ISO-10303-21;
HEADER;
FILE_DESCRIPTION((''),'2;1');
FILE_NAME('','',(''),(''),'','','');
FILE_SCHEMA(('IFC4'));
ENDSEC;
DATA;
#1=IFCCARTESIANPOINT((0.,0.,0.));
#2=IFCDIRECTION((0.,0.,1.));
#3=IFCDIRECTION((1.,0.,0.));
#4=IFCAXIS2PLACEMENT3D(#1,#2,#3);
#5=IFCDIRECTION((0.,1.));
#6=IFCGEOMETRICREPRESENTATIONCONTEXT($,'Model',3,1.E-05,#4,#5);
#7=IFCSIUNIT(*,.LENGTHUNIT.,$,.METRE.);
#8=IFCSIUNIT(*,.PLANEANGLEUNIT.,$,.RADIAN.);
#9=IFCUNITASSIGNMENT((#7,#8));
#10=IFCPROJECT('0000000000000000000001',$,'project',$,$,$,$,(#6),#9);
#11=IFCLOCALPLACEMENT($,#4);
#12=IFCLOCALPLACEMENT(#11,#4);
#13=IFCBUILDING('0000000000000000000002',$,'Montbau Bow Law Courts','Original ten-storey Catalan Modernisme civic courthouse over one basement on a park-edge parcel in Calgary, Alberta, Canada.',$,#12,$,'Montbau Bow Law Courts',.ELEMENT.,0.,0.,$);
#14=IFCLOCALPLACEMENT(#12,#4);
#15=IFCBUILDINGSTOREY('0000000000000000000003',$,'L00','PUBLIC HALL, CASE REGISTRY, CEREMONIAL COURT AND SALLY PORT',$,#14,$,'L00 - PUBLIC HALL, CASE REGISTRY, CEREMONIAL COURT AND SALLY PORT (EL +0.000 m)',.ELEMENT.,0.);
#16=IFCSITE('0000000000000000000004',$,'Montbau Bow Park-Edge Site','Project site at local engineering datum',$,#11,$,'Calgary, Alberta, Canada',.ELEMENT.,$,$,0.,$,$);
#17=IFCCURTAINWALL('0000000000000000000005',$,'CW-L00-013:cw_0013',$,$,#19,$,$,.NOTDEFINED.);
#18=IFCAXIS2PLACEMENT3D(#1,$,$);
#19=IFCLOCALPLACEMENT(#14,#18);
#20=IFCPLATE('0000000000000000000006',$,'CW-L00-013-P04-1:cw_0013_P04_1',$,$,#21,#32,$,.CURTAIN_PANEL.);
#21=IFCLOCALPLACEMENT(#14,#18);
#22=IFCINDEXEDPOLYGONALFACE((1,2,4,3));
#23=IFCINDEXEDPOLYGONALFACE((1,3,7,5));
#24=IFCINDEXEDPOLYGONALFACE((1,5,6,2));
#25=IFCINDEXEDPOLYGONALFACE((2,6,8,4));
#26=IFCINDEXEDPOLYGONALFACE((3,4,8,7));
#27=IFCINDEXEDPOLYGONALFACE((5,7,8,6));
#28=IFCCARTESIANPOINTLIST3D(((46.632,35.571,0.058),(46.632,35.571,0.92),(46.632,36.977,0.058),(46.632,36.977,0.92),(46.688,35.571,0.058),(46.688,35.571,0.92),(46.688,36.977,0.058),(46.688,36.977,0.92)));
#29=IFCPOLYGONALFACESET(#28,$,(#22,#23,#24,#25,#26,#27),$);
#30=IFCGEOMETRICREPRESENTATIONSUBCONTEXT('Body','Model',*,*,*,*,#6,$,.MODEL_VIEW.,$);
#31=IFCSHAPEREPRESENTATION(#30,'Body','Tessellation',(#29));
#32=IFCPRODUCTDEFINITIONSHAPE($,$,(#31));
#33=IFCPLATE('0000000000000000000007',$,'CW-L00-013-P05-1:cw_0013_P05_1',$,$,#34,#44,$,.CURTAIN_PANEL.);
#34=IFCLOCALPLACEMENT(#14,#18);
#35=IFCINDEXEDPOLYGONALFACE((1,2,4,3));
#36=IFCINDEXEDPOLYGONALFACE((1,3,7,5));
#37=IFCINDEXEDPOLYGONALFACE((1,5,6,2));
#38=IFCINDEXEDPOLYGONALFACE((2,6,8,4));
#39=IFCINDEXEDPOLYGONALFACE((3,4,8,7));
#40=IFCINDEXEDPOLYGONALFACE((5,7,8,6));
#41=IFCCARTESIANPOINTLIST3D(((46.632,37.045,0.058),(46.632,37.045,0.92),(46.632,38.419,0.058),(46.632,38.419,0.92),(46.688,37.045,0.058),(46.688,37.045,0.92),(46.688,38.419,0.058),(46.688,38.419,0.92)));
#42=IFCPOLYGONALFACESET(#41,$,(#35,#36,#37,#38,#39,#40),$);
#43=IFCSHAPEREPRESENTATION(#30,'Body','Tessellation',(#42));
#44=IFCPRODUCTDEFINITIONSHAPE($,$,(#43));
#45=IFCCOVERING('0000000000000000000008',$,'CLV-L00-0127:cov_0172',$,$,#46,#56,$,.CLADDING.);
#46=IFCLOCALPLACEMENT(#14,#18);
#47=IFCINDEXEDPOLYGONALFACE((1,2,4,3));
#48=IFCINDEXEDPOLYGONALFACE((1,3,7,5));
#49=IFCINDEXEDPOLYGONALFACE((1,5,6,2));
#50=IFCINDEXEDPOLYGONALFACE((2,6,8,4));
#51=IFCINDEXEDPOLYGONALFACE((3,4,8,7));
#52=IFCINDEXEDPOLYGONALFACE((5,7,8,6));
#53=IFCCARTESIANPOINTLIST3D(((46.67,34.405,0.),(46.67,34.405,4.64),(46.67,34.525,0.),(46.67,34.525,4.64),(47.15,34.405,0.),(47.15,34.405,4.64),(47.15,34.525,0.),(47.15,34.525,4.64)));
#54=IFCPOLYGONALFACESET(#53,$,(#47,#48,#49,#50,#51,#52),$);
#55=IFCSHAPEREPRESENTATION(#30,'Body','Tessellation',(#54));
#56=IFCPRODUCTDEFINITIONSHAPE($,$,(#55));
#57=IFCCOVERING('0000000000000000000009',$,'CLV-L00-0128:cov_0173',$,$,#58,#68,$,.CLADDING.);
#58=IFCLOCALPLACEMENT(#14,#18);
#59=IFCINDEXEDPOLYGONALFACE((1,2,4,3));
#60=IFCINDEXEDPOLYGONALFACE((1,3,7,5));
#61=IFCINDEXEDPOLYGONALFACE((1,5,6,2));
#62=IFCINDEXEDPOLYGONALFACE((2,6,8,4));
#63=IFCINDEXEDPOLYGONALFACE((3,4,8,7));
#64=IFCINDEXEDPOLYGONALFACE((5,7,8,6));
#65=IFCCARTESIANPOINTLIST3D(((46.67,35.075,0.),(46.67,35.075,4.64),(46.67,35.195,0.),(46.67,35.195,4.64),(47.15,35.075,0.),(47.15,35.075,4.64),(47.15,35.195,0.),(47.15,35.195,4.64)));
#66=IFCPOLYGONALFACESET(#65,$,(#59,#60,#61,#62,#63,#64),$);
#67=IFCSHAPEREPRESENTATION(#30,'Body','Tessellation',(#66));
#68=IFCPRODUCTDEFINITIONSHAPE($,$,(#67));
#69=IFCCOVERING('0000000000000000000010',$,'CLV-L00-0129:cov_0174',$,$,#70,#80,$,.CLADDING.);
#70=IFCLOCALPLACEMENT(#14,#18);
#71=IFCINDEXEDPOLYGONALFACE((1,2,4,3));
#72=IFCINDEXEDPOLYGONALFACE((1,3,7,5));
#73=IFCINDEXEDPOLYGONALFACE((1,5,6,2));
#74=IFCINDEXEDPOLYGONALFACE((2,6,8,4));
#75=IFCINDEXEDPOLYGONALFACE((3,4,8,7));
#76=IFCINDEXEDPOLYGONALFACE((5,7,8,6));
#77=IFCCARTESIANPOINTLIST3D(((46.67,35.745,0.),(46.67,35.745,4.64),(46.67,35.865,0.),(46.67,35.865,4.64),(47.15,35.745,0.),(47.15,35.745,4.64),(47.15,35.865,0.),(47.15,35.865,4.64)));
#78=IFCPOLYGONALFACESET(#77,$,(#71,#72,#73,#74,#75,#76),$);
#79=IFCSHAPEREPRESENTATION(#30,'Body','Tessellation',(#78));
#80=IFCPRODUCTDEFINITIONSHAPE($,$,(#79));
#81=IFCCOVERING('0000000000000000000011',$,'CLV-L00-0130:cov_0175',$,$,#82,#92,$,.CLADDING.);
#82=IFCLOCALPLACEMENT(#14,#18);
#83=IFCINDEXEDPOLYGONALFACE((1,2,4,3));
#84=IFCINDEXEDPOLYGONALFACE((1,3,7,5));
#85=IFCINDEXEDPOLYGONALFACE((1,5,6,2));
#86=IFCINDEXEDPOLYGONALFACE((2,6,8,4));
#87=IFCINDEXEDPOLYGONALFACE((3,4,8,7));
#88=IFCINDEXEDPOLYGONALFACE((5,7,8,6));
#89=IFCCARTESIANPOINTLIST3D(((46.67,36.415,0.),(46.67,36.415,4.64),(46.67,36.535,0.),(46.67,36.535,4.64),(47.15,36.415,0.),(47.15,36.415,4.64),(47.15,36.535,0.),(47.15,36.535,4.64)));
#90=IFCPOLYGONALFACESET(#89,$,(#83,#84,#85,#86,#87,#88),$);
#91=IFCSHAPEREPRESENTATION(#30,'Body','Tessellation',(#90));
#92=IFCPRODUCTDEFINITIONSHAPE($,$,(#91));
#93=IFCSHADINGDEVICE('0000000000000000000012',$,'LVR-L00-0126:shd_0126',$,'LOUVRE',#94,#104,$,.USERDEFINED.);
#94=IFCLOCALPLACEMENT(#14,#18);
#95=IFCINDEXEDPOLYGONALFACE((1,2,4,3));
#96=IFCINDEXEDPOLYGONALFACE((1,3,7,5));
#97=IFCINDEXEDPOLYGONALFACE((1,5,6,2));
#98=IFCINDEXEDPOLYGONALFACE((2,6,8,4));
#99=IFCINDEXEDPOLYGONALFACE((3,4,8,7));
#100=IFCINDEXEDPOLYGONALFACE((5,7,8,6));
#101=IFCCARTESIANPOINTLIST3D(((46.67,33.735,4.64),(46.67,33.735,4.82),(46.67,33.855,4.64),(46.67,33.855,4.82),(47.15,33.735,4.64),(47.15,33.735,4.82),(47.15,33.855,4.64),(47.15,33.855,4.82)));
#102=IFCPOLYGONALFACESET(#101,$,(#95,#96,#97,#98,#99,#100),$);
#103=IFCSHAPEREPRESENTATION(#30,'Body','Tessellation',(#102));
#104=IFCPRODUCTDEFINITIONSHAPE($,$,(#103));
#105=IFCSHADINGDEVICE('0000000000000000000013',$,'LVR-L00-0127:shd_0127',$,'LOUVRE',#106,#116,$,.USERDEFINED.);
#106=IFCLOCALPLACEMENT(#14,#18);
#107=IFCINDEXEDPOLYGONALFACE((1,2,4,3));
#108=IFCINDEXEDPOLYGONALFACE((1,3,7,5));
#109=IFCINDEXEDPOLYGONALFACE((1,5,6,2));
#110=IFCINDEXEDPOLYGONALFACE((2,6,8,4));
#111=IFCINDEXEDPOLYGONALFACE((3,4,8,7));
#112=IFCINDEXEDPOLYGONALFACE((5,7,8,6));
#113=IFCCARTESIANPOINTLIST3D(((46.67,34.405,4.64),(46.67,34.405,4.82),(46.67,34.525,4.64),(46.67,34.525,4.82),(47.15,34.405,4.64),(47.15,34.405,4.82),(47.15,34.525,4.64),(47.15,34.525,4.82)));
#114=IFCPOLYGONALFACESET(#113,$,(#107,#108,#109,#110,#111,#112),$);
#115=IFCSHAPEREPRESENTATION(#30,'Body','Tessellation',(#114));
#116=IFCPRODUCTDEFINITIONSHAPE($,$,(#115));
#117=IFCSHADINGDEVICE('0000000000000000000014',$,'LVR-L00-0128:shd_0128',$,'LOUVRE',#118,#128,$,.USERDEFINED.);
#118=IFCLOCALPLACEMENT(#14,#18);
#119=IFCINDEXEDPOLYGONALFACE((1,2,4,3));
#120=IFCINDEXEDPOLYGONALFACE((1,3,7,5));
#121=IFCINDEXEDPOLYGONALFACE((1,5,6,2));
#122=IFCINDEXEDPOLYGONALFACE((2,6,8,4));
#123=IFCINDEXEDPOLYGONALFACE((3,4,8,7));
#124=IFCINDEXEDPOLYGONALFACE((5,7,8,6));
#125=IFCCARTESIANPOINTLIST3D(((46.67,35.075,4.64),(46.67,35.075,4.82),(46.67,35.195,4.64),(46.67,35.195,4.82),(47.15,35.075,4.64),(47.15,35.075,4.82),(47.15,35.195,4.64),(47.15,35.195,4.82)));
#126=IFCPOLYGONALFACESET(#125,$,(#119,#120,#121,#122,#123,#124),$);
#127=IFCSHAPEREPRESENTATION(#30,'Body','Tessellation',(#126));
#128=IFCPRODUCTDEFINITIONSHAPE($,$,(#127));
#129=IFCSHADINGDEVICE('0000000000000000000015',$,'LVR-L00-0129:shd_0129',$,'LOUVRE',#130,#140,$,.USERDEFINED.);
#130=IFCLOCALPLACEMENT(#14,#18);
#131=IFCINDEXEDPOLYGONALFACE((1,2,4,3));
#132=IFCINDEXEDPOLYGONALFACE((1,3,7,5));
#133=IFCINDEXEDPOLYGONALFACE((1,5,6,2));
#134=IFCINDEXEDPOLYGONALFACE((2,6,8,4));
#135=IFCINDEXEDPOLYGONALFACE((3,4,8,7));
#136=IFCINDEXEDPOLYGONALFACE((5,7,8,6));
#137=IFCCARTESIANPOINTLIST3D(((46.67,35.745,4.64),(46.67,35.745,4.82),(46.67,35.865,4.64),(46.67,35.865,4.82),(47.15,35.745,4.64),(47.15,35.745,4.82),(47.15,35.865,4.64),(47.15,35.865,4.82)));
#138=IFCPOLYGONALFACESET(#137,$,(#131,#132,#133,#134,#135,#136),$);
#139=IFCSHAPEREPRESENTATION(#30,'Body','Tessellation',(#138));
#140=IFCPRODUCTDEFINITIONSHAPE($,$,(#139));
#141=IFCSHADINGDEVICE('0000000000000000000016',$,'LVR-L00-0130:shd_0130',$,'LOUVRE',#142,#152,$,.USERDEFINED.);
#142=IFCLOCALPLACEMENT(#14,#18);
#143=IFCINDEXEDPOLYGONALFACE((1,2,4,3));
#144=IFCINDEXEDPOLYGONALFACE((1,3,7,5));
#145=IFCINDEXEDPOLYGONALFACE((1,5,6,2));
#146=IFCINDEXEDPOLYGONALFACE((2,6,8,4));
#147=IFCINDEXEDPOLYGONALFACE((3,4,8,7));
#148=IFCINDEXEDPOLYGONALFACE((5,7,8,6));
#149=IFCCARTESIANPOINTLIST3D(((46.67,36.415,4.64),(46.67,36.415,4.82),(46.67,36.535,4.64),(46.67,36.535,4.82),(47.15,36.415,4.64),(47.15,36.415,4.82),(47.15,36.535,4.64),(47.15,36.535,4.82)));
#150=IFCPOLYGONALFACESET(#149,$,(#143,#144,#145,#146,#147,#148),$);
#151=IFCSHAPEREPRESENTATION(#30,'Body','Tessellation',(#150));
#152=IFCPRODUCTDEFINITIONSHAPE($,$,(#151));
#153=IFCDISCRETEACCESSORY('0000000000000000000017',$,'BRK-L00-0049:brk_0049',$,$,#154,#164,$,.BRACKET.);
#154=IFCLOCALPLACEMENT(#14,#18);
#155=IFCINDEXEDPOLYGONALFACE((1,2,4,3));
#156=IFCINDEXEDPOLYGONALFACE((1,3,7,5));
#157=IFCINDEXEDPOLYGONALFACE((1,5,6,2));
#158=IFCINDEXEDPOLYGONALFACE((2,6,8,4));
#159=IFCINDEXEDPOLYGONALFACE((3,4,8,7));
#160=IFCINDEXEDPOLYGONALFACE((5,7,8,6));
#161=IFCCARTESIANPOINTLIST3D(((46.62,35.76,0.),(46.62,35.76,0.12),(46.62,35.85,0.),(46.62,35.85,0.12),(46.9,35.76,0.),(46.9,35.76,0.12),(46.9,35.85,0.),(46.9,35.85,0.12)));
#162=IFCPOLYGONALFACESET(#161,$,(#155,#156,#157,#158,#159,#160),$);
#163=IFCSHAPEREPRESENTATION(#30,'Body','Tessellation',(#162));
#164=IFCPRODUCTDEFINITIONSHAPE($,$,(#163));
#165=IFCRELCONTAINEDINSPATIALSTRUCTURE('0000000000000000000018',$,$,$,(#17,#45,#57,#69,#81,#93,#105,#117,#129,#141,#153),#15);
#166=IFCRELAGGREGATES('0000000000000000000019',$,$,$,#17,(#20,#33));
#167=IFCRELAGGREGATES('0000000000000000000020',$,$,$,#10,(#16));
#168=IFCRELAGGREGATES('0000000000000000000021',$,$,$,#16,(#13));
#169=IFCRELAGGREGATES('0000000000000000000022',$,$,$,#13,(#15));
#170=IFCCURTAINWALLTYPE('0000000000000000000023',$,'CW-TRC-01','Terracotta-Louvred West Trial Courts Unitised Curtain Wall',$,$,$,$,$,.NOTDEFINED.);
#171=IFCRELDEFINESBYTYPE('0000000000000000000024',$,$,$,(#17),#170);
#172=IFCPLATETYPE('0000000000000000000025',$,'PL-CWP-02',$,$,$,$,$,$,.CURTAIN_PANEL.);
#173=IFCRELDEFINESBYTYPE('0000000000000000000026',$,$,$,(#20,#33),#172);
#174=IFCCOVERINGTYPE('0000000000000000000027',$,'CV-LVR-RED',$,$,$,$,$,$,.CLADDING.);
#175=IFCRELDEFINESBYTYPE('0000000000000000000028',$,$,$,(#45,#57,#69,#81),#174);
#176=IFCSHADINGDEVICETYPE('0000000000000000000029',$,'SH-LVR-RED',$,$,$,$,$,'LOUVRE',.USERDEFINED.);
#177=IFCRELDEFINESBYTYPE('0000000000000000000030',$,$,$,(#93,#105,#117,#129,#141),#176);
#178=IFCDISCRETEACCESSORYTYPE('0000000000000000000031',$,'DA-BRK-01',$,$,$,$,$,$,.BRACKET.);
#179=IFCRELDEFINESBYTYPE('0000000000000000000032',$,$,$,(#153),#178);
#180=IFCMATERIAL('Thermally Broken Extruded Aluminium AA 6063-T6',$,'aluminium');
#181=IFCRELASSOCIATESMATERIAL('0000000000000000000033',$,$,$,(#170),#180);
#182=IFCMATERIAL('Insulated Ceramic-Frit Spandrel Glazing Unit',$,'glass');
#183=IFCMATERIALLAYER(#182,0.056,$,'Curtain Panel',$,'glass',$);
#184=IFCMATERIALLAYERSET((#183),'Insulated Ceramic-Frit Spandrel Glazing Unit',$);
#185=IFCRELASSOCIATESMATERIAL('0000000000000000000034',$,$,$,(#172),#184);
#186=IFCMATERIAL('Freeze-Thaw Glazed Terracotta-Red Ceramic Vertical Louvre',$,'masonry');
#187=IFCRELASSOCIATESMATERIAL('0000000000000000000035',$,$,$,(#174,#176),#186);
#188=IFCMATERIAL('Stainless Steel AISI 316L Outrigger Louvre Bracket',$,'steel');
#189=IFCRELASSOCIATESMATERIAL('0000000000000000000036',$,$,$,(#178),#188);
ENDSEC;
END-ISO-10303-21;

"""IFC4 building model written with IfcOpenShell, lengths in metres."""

from ifc_helpers import new_model, si_unit, direction, frame, frame_2d, origin_with_axes, origin_2d_with_axis, place, context, subcontext, project, spatial, rectangle, extrude, material, layer, layer_set, type_object, element, aggregate, save


model = new_model("IFC4")

# Units and contexts
model_context = context("Model", 3, precision=1e-05, world=origin_with_axes(), true_north=direction((0.0, 1.0)))
body_context = subcontext(model_context, "Body", "Model", "MODEL_VIEW")
ifc_project = project(units=[si_unit("LENGTHUNIT", "METRE"), si_unit("PLANEANGLEUNIT", "RADIAN")], contexts=[model_context])

# Site, building, storey
site_placement = place(None, origin_with_axes())
site = spatial("IfcSite", under=ifc_project, at=site_placement, Name="Montbau Bow Park-Edge Site", Description="Project site at local engineering datum", LongName="Calgary, Alberta, Canada", CompositionType="ELEMENT", RefElevation=0.0)
building_placement = place(site_placement, origin_with_axes())
building = spatial("IfcBuilding", under=site, at=building_placement, Name="Montbau Bow Law Courts", Description="Original ten-storey Catalan Modernisme civic courthouse over one basement on a park-edge parcel in Calgary, Alberta, Canada.", LongName="Montbau Bow Law Courts", CompositionType="ELEMENT", ElevationOfRefHeight=0.0, ElevationOfTerrain=0.0)
storey_placement = place(building_placement, origin_with_axes())
storey = spatial("IfcBuildingStorey", under=building, at=storey_placement, Name="L00", Description="PUBLIC HALL, CASE REGISTRY, CEREMONIAL COURT AND SALLY PORT", LongName="L00 - PUBLIC HALL, CASE REGISTRY, CEREMONIAL COURT AND SALLY PORT (EL +0.000 m)", CompositionType="ELEMENT", Elevation=0.0)

# Curtain wall, plates
ifc_material_1 = material(Name="Thermally Broken Extruded Aluminium AA 6063-T6", Category="aluminium")
curtain_wall_type = type_object("IfcCurtainWallType", Name="CW-TRC-01", Description="Terracotta-Louvred West Trial Courts Unitised Curtain Wall", PredefinedType="NOTDEFINED", material=ifc_material_1)
curtain_wall_placement = place(None, frame((46.66, 31.115, 0.0), z_axis=(0.0, 0.0, 1.0), x_axis=(1.0, 0.0, 0.0)))
curtain_wall = element("IfcCurtainWall", 1, at=curtain_wall_placement, inside=storey, type_object=curtain_wall_type, Name="CW-L00-013:cw_0013", PredefinedType="NOTDEFINED")
ifc_material_2 = material(Name="Insulated Ceramic-Frit Spandrel Glazing Unit", Category="glass")
ifc_layer_1 = layer(ifc_material_2, 0.056, Name="Curtain Panel", Category="glass")
ifc_layer_set_1 = layer_set([ifc_layer_1], Name="Insulated Ceramic-Frit Spandrel Glazing Unit")
plate_type_1 = type_object("IfcPlateType", Name="PL-CWP-02", PredefinedType="CURTAIN_PANEL", material=ifc_layer_set_1)
plate_1_placement = place(None, frame((46.66, 35.571, 0.058), z_axis=(1.0, 0.0, 0.0), x_axis=(0.0, 1.0, 0.0)))
plate_1 = element("IfcPlate", 2, at=plate_1_placement, type_object=plate_type_1, Name="CW-L00-013-P04-1:cw_0013_P04_1", PredefinedType="CURTAIN_PANEL", context=body_context, shape_type="SweptSolid", body=[
    extrude(rectangle(XDim=1.406, YDim=0.862, at=frame_2d((0.703, 0.431), x_axis=(1.0, 0.0))), frame((0.0, 0.0, -0.028), z_axis=(0.0, 0.0, 1.0), x_axis=(1.0, 0.0, 0.0)), (0.0, 0.0, 1.0), 0.056),
])
plate_2_placement = place(None, frame((46.66, 37.045, 0.058), z_axis=(1.0, 0.0, 0.0), x_axis=(0.0, 1.0, 0.0)))
plate_2 = element("IfcPlate", 3, at=plate_2_placement, type_object=plate_type_1, Name="CW-L00-013-P05-1:cw_0013_P05_1", PredefinedType="CURTAIN_PANEL", context=body_context, shape_type="SweptSolid", body=[
    extrude(rectangle(XDim=1.374, YDim=0.862, at=frame_2d((0.687, 0.431), x_axis=(1.0, 0.0))), frame((0.0, 0.0, -0.028), z_axis=(0.0, 0.0, 1.0), x_axis=(1.0, 0.0, 0.0)), (0.0, 0.0, 1.0), 0.056),
])
aggregate(curtain_wall, [plate_1, plate_2])

# Coverings
ifc_material_3 = material(Name="Freeze-Thaw Glazed Terracotta-Red Ceramic Vertical Louvre", Category="masonry")
covering_type = type_object("IfcCoveringType", Name="CV-LVR-RED", PredefinedType="CLADDING", material=ifc_material_3)
for number, where, z_axis, x_axis, name in (
    (4, (46.67, 34.465, 0.0), (0.0, -1.0, 0.0), (1.0, 0.0, 0.0), "CLV-L00-0127:cov_0172"),
    (5, (46.67, 35.135, 0.0), (0.0, -1.0, 0.0), (1.0, 0.0, 0.0), "CLV-L00-0128:cov_0173"),
    (6, (46.67, 35.805, 0.0), (0.0, -1.0, 0.0), (1.0, 0.0, 0.0), "CLV-L00-0129:cov_0174"),
    (7, (46.67, 36.475, 0.0), (0.0, -1.0, 0.0), (1.0, 0.0, 0.0), "CLV-L00-0130:cov_0175"),
):
    element("IfcCovering", number, at=place(None, frame(where, z_axis=z_axis, x_axis=x_axis)), inside=storey, type_object=covering_type, Name=name, PredefinedType="CLADDING", context=body_context, shape_type="SweptSolid", body=[
        extrude(rectangle(XDim=0.48, YDim=4.64, at=frame_2d((0.24, 2.32), x_axis=(1.0, 0.0))), frame((0.0, 0.0, -0.06), z_axis=(0.0, 0.0, 1.0), x_axis=(1.0, 0.0, 0.0)), (0.0, 0.0, 1.0), 0.12),
    ])

# Shading devices
shading_device_type = type_object("IfcShadingDeviceType", Name="SH-LVR-RED", ElementType="LOUVRE", PredefinedType="USERDEFINED", material=ifc_material_3)
for number, where, z_axis, x_axis, name in (
    (8, (46.91, 33.795, 4.64), (0.0, 0.0, 1.0), (1.0, 0.0, 0.0), "LVR-L00-0126:shd_0126"),
    (9, (46.91, 34.465, 4.64), (0.0, 0.0, 1.0), (1.0, 0.0, 0.0), "LVR-L00-0127:shd_0127"),
    (10, (46.91, 35.135, 4.64), (0.0, 0.0, 1.0), (1.0, 0.0, 0.0), "LVR-L00-0128:shd_0128"),
    (11, (46.91, 35.805, 4.64), (0.0, 0.0, 1.0), (1.0, 0.0, 0.0), "LVR-L00-0129:shd_0129"),
    (12, (46.91, 36.475, 4.64), (0.0, 0.0, 1.0), (1.0, 0.0, 0.0), "LVR-L00-0130:shd_0130"),
):
    element("IfcShadingDevice", number, at=place(None, frame(where, z_axis=z_axis, x_axis=x_axis)), inside=storey, type_object=shading_device_type, Name=name, ObjectType="LOUVRE", PredefinedType="USERDEFINED", context=body_context, shape_type="SweptSolid", body=[
        extrude(rectangle(XDim=0.48, YDim=0.12, at=origin_2d_with_axis()), origin_with_axes(), (0.0, 0.0, 1.0), 0.18),
    ])

# Discrete accessory
ifc_material_4 = material(Name="Stainless Steel AISI 316L Outrigger Louvre Bracket", Category="steel")
discrete_accessory_type = type_object("IfcDiscreteAccessoryType", Name="DA-BRK-01", PredefinedType="BRACKET", material=ifc_material_4)
discrete_accessory_placement = place(None, frame((46.76, 35.805, 0.0), z_axis=(0.0, 0.0, 1.0), x_axis=(1.0, 0.0, 0.0)))
element("IfcDiscreteAccessory", 13, at=discrete_accessory_placement, inside=storey, type_object=discrete_accessory_type, Name="BRK-L00-0049:brk_0049", PredefinedType="BRACKET", context=body_context, shape_type="SweptSolid", body=[
    extrude(rectangle(XDim=0.28, YDim=0.09, at=origin_2d_with_axis()), origin_with_axes(), (0.0, 0.0, 1.0), 0.12),
])

save(model, "model.ifc")
